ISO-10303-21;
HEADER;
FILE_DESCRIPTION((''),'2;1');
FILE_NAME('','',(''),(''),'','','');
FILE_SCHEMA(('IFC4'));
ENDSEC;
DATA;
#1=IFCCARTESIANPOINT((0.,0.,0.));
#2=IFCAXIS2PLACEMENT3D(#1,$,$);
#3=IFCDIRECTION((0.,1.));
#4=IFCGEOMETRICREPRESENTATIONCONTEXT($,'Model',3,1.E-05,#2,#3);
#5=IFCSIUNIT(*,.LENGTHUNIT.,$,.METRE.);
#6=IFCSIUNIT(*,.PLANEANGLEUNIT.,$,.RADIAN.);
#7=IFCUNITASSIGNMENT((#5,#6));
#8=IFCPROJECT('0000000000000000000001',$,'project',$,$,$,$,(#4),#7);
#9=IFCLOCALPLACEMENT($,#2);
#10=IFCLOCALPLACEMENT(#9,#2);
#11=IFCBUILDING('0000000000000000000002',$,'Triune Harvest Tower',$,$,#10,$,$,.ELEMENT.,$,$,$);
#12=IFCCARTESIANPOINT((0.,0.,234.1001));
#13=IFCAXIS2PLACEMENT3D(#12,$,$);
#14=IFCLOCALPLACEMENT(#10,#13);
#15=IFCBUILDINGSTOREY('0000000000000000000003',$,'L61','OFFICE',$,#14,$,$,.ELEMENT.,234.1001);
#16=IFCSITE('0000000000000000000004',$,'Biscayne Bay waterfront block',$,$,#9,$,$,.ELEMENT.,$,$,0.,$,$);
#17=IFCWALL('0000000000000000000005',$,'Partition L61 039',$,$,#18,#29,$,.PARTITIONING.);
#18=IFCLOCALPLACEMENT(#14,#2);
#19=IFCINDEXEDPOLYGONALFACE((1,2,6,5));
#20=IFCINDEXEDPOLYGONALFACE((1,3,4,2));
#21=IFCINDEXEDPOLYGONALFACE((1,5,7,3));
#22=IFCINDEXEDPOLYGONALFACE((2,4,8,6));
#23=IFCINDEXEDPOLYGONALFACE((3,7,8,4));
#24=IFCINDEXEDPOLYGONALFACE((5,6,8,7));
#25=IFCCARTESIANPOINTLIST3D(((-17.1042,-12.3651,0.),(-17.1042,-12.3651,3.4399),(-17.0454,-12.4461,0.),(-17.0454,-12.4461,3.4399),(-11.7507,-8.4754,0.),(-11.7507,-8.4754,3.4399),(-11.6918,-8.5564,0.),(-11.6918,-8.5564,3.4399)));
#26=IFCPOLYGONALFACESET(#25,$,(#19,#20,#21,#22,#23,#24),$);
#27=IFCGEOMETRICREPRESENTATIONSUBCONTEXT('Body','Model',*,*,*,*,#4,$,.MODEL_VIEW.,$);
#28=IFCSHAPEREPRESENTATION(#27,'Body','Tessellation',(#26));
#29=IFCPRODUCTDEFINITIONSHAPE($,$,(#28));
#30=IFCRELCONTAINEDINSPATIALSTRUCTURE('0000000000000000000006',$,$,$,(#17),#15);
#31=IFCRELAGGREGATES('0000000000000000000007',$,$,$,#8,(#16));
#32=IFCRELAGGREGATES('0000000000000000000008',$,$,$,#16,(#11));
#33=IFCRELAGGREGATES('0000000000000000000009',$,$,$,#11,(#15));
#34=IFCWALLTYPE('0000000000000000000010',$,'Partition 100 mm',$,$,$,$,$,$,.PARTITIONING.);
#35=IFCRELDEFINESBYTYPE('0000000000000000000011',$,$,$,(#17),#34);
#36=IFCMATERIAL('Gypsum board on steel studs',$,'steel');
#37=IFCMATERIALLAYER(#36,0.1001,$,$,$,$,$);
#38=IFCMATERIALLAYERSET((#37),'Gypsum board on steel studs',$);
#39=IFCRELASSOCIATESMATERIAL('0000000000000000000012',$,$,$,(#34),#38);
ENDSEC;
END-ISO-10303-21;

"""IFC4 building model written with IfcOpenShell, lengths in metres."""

from ifc_helpers import new_model, si_unit, direction, frame, frame_2d, origin, place, context, subcontext, project, spatial, rectangle, extrude, source, transform, mapped, material, layer, layer_set, type_object, element, save


model = new_model("IFC4")

# Units and contexts
model_context = context("Model", 3, precision=1e-05, world=origin(), true_north=direction((0.0, 1.0)))
body_context = subcontext(model_context, "Body", "Model", "MODEL_VIEW")
ifc_project = project(units=[si_unit("LENGTHUNIT", "METRE"), si_unit("PLANEANGLEUNIT", "RADIAN")], contexts=[model_context])

# Site, building, storey
site_placement = place(None, origin())
site = spatial("IfcSite", under=ifc_project, at=site_placement, Name="Biscayne Bay waterfront block", CompositionType="ELEMENT", RefElevation=0.0)
building_placement = place(site_placement, origin())
building = spatial("IfcBuilding", under=site, at=building_placement, Name="Triune Harvest Tower", CompositionType="ELEMENT")
storey_placement = place(building_placement, frame((0.0, 0.0, 234.1001)))
storey = spatial("IfcBuildingStorey", under=building, at=storey_placement, Name="L61", Description="OFFICE", CompositionType="ELEMENT", Elevation=234.1001)

# Shared definitions
ifc_material_1 = material(Name="Gypsum board on steel studs", Category="steel")
ifc_layer_1 = layer(ifc_material_1, 0.1001)
ifc_layer_set_1 = layer_set([ifc_layer_1], Name="Gypsum board on steel studs")
wall_type_1 = type_object("IfcWallType", Name="Partition 100 mm", PredefinedType="PARTITIONING", material=ifc_layer_set_1)

# Wall
shared_shape_1 = source(origin(), body_context, "Body", "SweptSolid", [
    extrude(rectangle(XDim=6.6174, YDim=0.1001, at=frame_2d((3.3086, 0.0))), origin(), (0.0, 0.0, 1.0), 3.4399),
])
wall_1_placement = place(storey_placement, frame((-17.0747, -12.4055, 0.0), z_axis=(0.0, 0.0, 1.0), x_axis=(0.80901, 0.587794, 0.0)))
element("IfcWall", 1, at=wall_1_placement, inside=storey, type_object=wall_type_1, Name="Partition L61 039", PredefinedType="PARTITIONING", context=body_context, shape_type="MappedRepresentation", body=[
    mapped(shared_shape_1, transform((0.0, 0.0, 0.0), scale=1.0)),
])

save(model, "model.ifc")
